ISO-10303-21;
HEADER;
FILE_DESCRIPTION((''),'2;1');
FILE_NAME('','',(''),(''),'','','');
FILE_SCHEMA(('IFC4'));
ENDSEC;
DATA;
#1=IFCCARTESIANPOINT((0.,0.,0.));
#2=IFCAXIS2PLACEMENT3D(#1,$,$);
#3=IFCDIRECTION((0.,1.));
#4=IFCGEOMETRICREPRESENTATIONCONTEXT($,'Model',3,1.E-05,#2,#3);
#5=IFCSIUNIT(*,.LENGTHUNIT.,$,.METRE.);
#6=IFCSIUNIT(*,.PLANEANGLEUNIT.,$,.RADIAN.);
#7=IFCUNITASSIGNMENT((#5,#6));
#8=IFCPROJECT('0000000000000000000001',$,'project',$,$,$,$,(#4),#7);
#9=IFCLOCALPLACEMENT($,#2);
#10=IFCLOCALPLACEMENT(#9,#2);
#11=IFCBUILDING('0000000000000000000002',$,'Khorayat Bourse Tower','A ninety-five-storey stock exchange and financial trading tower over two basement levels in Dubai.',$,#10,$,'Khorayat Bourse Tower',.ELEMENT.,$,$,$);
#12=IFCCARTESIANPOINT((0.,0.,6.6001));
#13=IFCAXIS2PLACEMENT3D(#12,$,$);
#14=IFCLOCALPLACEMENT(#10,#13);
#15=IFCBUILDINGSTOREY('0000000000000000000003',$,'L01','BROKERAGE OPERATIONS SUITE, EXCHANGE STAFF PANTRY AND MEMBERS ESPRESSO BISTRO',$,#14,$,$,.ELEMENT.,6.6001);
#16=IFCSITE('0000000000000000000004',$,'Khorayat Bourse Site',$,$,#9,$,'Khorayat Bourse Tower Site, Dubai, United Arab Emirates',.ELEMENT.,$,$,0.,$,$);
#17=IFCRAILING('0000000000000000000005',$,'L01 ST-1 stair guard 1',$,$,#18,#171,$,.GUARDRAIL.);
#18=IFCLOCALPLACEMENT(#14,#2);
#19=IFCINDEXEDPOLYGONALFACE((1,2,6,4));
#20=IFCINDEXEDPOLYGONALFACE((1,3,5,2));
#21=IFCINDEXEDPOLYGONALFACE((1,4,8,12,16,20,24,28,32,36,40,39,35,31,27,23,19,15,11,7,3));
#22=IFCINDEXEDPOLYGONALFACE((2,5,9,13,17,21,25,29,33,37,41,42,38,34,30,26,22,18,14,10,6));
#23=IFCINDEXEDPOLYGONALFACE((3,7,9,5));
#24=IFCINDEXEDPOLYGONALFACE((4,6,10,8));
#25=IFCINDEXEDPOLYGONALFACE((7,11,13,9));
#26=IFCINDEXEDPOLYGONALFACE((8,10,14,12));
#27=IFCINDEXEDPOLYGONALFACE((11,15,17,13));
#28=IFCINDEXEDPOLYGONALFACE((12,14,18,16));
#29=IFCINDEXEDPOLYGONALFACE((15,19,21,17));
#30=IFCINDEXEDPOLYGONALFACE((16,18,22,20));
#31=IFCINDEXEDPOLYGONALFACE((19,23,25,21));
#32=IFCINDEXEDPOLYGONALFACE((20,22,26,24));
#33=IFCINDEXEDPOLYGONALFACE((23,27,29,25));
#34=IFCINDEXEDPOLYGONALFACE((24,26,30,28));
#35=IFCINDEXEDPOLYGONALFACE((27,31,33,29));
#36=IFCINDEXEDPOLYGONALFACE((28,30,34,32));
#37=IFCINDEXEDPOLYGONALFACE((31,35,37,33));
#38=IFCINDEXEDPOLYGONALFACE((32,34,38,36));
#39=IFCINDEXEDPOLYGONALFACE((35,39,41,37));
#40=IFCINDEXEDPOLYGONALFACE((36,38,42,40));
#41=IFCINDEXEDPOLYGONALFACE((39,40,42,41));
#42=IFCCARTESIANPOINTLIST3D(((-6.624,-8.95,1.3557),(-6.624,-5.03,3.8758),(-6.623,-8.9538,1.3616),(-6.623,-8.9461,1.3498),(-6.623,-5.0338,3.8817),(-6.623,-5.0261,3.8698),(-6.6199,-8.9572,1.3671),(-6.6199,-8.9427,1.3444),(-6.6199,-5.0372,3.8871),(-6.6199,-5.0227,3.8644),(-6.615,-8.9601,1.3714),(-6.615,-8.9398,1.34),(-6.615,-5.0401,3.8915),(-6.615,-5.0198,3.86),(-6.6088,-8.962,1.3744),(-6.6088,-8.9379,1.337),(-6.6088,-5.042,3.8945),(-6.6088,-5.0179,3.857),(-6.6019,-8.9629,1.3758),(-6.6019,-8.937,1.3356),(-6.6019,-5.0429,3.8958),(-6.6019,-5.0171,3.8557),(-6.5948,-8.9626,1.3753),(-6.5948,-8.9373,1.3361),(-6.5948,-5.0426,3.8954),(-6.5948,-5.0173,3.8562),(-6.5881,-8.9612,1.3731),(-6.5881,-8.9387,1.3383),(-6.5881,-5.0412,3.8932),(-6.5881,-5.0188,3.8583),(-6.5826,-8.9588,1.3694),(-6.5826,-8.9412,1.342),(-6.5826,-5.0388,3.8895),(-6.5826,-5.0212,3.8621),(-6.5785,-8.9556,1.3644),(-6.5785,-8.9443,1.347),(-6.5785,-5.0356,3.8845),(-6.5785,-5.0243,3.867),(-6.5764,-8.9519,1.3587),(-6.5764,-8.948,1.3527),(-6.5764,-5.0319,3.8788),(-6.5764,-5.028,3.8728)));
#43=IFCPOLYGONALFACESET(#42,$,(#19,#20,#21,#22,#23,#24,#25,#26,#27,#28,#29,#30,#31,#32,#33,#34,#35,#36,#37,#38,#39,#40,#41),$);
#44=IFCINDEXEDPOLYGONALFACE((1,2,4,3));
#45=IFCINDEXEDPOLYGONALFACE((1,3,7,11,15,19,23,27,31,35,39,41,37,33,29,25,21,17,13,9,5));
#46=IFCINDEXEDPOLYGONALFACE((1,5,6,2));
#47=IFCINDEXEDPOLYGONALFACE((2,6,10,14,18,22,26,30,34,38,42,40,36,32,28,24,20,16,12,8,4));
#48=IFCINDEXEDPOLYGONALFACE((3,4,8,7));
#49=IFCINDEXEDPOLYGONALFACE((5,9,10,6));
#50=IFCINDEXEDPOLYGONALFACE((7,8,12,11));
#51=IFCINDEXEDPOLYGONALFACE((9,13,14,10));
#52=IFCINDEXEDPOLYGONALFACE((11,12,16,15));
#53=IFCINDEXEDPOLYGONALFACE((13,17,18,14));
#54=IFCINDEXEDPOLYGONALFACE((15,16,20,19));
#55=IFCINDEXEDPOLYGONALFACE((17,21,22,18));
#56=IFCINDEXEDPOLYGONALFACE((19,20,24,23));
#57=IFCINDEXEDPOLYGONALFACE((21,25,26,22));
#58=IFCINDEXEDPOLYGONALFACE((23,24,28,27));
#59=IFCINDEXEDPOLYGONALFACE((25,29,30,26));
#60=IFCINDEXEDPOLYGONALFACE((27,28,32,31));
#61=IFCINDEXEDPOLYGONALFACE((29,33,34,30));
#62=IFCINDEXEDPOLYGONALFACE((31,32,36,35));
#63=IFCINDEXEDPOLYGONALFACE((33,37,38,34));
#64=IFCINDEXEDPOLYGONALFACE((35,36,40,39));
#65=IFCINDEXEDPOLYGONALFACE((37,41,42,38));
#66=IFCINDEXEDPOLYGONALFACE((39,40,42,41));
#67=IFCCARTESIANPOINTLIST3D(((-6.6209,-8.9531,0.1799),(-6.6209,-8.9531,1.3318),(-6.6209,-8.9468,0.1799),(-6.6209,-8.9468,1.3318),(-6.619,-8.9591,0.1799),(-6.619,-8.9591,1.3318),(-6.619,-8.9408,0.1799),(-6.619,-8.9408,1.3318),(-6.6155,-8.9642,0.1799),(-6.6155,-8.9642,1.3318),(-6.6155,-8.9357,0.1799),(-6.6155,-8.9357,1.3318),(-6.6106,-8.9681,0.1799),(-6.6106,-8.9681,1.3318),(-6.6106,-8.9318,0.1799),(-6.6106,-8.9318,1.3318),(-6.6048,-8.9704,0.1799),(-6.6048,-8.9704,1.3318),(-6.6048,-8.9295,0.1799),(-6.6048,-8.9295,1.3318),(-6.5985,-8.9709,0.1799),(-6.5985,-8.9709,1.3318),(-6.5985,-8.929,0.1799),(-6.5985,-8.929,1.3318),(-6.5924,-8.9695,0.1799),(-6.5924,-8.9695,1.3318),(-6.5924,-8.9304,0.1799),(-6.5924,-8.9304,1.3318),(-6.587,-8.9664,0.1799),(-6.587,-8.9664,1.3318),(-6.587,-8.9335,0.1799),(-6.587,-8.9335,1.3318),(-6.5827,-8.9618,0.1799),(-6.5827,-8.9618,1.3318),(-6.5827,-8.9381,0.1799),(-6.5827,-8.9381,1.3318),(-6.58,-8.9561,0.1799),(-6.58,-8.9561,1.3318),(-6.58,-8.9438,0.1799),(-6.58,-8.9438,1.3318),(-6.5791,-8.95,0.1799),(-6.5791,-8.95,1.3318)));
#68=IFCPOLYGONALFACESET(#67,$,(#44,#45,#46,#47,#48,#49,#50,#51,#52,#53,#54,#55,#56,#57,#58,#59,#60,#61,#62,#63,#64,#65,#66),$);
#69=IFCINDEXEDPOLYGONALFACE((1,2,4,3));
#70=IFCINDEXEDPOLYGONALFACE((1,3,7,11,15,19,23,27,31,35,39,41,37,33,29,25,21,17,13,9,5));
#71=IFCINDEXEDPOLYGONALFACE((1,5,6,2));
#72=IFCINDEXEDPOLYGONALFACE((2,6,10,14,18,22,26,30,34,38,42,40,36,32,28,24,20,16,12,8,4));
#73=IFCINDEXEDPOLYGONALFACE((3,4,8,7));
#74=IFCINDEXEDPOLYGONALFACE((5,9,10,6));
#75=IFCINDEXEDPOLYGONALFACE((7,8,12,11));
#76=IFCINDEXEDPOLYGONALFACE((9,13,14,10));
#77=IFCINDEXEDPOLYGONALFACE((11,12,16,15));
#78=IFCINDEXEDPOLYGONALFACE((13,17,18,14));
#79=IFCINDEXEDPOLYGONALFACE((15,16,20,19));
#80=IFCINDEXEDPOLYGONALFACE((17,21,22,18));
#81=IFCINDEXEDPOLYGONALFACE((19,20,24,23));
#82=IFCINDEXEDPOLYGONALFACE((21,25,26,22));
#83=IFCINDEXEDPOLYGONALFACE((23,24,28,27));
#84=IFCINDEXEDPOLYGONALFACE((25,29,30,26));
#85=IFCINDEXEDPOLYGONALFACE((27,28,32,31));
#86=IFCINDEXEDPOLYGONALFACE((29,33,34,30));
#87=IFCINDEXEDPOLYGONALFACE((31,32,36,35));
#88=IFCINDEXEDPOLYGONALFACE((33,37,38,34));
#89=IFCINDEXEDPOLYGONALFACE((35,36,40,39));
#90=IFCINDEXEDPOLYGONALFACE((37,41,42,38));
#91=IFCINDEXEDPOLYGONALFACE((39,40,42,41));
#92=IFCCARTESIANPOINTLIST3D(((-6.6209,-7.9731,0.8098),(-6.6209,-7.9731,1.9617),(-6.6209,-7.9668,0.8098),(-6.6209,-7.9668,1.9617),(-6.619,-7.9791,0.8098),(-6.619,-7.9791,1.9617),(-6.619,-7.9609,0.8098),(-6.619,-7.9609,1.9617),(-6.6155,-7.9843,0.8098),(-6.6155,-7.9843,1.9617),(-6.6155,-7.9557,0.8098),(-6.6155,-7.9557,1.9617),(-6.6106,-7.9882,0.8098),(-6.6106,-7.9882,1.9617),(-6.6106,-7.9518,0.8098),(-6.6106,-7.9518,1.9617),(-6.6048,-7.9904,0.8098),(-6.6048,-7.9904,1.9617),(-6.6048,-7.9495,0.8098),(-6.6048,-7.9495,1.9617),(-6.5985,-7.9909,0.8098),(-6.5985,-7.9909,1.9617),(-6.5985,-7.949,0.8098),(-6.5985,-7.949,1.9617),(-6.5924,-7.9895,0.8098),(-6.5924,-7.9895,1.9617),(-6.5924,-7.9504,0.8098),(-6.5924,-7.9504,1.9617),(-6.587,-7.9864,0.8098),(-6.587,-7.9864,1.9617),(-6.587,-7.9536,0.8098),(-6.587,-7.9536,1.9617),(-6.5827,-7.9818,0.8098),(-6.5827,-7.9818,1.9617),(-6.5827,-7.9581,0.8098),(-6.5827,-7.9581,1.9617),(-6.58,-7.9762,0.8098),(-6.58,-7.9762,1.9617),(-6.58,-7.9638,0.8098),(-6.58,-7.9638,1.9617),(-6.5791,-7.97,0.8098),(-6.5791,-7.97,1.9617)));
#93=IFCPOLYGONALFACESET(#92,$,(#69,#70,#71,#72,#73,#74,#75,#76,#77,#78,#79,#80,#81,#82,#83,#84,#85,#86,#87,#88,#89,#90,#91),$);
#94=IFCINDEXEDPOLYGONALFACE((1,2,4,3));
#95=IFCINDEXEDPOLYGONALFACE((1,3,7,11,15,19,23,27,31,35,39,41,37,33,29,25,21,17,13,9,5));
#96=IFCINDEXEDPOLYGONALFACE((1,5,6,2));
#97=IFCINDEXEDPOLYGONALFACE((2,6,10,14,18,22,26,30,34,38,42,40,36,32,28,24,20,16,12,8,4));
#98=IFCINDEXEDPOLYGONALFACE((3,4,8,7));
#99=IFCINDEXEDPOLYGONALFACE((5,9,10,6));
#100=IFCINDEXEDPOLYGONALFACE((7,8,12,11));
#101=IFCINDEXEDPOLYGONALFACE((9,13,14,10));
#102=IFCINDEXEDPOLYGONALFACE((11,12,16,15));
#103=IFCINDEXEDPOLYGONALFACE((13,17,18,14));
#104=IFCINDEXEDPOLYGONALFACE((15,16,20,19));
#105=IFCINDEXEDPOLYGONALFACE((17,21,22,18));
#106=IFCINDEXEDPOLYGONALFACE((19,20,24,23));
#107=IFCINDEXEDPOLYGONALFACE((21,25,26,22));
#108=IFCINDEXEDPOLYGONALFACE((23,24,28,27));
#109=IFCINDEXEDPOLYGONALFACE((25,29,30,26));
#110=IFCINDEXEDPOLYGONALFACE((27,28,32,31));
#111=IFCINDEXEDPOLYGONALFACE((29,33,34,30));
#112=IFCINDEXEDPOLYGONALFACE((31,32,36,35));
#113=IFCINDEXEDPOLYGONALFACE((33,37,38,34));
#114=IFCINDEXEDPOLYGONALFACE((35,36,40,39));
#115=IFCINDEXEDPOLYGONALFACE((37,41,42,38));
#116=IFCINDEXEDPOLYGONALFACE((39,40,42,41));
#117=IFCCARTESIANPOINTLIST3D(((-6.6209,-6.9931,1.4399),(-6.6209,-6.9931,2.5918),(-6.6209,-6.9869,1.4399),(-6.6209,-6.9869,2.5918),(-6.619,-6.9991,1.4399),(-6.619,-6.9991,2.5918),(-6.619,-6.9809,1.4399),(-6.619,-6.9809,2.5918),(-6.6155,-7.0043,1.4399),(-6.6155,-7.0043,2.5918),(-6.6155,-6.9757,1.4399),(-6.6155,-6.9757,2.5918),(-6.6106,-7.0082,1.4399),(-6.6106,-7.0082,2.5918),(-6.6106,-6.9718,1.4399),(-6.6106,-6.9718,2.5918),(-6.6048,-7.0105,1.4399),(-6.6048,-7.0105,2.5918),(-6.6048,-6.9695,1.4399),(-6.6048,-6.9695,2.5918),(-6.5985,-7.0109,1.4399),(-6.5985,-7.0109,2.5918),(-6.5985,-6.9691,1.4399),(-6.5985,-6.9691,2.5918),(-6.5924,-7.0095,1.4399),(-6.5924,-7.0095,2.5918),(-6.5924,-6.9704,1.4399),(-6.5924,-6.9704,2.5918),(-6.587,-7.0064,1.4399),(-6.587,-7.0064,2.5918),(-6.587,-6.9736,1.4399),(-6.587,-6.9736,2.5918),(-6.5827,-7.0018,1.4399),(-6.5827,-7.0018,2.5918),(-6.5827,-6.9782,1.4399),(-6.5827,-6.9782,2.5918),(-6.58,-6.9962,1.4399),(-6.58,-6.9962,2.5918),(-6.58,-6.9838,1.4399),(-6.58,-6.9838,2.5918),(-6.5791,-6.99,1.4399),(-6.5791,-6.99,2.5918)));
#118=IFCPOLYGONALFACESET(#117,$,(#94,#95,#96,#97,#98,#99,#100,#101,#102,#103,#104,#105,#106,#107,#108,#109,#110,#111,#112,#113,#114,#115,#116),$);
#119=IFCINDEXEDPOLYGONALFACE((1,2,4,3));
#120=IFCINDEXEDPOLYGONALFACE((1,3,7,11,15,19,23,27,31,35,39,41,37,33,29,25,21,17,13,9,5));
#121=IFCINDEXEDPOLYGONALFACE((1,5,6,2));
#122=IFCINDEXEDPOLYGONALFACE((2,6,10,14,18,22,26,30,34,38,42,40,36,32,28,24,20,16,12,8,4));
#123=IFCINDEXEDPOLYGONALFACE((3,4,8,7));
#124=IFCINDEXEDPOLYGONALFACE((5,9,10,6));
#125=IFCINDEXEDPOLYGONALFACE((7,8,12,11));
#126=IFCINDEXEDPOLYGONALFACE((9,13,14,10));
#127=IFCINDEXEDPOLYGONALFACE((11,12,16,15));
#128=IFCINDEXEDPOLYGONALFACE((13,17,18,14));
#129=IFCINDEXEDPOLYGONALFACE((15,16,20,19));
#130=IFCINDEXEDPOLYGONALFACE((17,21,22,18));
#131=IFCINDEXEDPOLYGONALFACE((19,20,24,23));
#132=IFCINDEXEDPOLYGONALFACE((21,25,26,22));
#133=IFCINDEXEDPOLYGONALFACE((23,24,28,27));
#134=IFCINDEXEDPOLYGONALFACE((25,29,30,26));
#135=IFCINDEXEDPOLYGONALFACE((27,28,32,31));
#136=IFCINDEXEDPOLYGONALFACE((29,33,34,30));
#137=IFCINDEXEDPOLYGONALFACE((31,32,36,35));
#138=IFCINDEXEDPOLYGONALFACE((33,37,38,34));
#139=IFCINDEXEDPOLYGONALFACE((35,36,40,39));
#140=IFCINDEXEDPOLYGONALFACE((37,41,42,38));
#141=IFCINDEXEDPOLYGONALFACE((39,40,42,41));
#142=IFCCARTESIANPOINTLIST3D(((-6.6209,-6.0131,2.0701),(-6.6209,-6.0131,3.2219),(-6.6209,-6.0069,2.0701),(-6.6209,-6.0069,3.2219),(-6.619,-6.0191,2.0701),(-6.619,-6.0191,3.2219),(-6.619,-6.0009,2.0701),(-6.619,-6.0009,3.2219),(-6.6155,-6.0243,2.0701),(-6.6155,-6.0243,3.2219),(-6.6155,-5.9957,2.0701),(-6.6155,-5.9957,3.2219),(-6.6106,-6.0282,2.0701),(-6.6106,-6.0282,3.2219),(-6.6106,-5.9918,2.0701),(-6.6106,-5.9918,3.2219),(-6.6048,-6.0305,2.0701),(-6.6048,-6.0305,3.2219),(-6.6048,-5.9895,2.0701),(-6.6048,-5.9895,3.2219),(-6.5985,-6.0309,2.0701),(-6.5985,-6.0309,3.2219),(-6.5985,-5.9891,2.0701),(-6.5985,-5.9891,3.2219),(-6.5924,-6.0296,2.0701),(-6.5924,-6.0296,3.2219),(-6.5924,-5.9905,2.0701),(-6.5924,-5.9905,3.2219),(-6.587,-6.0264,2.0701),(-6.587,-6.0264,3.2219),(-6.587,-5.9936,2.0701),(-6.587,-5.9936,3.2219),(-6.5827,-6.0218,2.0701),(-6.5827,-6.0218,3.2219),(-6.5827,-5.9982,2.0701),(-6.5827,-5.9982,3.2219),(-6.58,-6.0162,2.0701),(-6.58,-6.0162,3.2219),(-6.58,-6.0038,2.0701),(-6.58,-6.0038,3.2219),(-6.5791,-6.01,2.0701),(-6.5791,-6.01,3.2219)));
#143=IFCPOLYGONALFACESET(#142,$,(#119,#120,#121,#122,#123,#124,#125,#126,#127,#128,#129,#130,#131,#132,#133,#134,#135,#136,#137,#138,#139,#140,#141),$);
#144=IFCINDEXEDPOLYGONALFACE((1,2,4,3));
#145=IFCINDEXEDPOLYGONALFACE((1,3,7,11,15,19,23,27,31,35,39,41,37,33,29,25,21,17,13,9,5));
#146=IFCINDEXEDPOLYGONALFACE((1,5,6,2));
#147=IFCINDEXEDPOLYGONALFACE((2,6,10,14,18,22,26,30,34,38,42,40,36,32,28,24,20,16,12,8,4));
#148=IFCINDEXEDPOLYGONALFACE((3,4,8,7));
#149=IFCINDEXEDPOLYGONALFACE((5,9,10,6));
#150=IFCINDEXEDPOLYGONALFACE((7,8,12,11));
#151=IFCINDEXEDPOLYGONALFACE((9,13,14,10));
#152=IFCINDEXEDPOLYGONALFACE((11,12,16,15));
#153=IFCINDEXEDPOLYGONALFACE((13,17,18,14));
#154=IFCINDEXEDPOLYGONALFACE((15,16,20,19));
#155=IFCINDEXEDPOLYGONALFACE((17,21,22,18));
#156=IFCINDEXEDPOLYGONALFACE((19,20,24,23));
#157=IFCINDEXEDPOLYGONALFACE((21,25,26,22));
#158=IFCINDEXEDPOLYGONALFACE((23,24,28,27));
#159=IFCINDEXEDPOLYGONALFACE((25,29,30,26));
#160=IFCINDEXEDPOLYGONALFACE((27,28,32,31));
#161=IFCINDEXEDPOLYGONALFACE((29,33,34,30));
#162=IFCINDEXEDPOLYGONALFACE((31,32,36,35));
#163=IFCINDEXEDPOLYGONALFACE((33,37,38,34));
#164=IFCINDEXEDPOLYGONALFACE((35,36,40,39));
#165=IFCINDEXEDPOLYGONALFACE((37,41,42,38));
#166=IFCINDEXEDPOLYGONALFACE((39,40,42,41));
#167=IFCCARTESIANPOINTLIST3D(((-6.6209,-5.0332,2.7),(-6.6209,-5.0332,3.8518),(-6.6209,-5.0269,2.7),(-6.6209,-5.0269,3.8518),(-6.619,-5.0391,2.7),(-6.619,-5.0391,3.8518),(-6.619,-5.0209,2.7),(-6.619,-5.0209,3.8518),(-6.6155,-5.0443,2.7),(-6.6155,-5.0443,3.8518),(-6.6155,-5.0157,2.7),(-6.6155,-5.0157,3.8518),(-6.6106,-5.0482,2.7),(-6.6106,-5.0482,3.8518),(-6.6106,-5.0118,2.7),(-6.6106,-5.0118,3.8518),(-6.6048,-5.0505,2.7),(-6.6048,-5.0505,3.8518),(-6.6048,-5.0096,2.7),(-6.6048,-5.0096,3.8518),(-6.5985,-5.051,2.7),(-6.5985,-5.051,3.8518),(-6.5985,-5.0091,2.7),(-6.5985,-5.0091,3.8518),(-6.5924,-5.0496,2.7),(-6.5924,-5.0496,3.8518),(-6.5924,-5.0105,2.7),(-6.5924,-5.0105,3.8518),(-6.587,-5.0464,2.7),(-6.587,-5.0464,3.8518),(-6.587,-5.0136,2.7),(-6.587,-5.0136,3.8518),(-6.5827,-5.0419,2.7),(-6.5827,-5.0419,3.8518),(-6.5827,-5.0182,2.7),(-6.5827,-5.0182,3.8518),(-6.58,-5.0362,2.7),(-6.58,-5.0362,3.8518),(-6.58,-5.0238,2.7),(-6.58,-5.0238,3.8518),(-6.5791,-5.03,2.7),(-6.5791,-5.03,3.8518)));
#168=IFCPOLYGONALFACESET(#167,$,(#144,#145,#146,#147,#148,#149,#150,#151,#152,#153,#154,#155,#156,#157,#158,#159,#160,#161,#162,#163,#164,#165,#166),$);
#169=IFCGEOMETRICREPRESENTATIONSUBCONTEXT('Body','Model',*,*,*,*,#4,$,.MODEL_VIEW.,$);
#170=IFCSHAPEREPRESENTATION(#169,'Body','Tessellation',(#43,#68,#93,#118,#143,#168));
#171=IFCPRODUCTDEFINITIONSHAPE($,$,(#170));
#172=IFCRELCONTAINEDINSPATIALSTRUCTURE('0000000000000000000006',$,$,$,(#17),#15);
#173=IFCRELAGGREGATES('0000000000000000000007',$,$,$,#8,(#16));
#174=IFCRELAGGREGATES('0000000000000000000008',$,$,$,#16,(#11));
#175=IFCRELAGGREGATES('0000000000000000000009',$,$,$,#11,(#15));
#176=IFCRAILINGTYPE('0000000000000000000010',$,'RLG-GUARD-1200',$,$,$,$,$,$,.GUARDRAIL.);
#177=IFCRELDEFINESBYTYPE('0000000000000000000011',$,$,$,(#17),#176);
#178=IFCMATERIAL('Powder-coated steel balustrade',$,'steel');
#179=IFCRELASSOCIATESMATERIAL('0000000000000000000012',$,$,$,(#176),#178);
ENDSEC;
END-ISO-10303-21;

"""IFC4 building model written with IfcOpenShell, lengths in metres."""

from ifc_helpers import new_model, si_unit, direction, frame, origin, origin_2d, place, context, subcontext, project, spatial, circle, extrude, source, transform, mapped, material, type_object, element, save


model = new_model("IFC4")

# Units and contexts
model_context = context("Model", 3, precision=1e-05, world=origin(), true_north=direction((0.0, 1.0)))
body_context = subcontext(model_context, "Body", "Model", "MODEL_VIEW")
ifc_project = project(units=[si_unit("LENGTHUNIT", "METRE"), si_unit("PLANEANGLEUNIT", "RADIAN")], contexts=[model_context])

# Site, building, storey
site_placement = place(None, origin())
site = spatial("IfcSite", under=ifc_project, at=site_placement, Name="Khorayat Bourse Site", LongName="Khorayat Bourse Tower Site, Dubai, United Arab Emirates", CompositionType="ELEMENT", RefElevation=0.0)
building_placement = place(site_placement, origin())
building = spatial("IfcBuilding", under=site, at=building_placement, Name="Khorayat Bourse Tower", Description="A ninety-five-storey stock exchange and financial trading tower over two basement levels in Dubai.", LongName="Khorayat Bourse Tower", CompositionType="ELEMENT")
storey_placement = place(building_placement, frame((0.0, 0.0, 6.6001)))
storey = spatial("IfcBuildingStorey", under=building, at=storey_placement, Name="L01", Description="BROKERAGE OPERATIONS SUITE, EXCHANGE STAFF PANTRY AND MEMBERS ESPRESSO BISTRO", CompositionType="ELEMENT", Elevation=6.6001)

# Railing
ifc_material_1 = material(Name="Powder-coated steel balustrade", Category="steel")
railing_type_1 = type_object("IfcRailingType", Name="RLG-GUARD-1200", PredefinedType="GUARDRAIL", material=ifc_material_1)
shared_shape_1 = source(origin(), body_context, "Body", "SweptSolid", [
    extrude(circle(Radius=0.0239, at=origin_2d()), frame((0.0, 0.0, 1.1758), z_axis=(0.0, 0.841172, 0.540768), x_axis=(-1.0, 0.0, 0.0)), (0.0, 0.0, 1.0), 4.6602),
    extrude(circle(Radius=0.021, at=origin_2d()), origin(), (0.0, 0.0, 1.0), 1.1519),
    extrude(circle(Radius=0.021, at=origin_2d()), frame((0.0, 0.98, 0.6299)), (0.0, 0.0, 1.0), 1.1519),
    extrude(circle(Radius=0.021, at=origin_2d()), frame((0.0, 1.96, 1.26)), (0.0, 0.0, 1.0), 1.1519),
    extrude(circle(Radius=0.021, at=origin_2d()), frame((0.0, 2.9399, 1.8901)), (0.0, 0.0, 1.0), 1.1519),
    extrude(circle(Radius=0.021, at=origin_2d()), frame((0.0, 3.9199, 2.52)), (0.0, 0.0, 1.0), 1.1519),
])
railing_1_placement = place(storey_placement, frame((-6.6001, -8.95, 0.1799)))
element("IfcRailing", 1, at=railing_1_placement, inside=storey, type_object=railing_type_1, Name="L01 ST-1 stair guard 1", PredefinedType="GUARDRAIL", context=body_context, shape_type="MappedRepresentation", body=[
    mapped(shared_shape_1, transform((0.0, 0.0, 0.0), scale=1.0)),
])

save(model, "model.ifc")
